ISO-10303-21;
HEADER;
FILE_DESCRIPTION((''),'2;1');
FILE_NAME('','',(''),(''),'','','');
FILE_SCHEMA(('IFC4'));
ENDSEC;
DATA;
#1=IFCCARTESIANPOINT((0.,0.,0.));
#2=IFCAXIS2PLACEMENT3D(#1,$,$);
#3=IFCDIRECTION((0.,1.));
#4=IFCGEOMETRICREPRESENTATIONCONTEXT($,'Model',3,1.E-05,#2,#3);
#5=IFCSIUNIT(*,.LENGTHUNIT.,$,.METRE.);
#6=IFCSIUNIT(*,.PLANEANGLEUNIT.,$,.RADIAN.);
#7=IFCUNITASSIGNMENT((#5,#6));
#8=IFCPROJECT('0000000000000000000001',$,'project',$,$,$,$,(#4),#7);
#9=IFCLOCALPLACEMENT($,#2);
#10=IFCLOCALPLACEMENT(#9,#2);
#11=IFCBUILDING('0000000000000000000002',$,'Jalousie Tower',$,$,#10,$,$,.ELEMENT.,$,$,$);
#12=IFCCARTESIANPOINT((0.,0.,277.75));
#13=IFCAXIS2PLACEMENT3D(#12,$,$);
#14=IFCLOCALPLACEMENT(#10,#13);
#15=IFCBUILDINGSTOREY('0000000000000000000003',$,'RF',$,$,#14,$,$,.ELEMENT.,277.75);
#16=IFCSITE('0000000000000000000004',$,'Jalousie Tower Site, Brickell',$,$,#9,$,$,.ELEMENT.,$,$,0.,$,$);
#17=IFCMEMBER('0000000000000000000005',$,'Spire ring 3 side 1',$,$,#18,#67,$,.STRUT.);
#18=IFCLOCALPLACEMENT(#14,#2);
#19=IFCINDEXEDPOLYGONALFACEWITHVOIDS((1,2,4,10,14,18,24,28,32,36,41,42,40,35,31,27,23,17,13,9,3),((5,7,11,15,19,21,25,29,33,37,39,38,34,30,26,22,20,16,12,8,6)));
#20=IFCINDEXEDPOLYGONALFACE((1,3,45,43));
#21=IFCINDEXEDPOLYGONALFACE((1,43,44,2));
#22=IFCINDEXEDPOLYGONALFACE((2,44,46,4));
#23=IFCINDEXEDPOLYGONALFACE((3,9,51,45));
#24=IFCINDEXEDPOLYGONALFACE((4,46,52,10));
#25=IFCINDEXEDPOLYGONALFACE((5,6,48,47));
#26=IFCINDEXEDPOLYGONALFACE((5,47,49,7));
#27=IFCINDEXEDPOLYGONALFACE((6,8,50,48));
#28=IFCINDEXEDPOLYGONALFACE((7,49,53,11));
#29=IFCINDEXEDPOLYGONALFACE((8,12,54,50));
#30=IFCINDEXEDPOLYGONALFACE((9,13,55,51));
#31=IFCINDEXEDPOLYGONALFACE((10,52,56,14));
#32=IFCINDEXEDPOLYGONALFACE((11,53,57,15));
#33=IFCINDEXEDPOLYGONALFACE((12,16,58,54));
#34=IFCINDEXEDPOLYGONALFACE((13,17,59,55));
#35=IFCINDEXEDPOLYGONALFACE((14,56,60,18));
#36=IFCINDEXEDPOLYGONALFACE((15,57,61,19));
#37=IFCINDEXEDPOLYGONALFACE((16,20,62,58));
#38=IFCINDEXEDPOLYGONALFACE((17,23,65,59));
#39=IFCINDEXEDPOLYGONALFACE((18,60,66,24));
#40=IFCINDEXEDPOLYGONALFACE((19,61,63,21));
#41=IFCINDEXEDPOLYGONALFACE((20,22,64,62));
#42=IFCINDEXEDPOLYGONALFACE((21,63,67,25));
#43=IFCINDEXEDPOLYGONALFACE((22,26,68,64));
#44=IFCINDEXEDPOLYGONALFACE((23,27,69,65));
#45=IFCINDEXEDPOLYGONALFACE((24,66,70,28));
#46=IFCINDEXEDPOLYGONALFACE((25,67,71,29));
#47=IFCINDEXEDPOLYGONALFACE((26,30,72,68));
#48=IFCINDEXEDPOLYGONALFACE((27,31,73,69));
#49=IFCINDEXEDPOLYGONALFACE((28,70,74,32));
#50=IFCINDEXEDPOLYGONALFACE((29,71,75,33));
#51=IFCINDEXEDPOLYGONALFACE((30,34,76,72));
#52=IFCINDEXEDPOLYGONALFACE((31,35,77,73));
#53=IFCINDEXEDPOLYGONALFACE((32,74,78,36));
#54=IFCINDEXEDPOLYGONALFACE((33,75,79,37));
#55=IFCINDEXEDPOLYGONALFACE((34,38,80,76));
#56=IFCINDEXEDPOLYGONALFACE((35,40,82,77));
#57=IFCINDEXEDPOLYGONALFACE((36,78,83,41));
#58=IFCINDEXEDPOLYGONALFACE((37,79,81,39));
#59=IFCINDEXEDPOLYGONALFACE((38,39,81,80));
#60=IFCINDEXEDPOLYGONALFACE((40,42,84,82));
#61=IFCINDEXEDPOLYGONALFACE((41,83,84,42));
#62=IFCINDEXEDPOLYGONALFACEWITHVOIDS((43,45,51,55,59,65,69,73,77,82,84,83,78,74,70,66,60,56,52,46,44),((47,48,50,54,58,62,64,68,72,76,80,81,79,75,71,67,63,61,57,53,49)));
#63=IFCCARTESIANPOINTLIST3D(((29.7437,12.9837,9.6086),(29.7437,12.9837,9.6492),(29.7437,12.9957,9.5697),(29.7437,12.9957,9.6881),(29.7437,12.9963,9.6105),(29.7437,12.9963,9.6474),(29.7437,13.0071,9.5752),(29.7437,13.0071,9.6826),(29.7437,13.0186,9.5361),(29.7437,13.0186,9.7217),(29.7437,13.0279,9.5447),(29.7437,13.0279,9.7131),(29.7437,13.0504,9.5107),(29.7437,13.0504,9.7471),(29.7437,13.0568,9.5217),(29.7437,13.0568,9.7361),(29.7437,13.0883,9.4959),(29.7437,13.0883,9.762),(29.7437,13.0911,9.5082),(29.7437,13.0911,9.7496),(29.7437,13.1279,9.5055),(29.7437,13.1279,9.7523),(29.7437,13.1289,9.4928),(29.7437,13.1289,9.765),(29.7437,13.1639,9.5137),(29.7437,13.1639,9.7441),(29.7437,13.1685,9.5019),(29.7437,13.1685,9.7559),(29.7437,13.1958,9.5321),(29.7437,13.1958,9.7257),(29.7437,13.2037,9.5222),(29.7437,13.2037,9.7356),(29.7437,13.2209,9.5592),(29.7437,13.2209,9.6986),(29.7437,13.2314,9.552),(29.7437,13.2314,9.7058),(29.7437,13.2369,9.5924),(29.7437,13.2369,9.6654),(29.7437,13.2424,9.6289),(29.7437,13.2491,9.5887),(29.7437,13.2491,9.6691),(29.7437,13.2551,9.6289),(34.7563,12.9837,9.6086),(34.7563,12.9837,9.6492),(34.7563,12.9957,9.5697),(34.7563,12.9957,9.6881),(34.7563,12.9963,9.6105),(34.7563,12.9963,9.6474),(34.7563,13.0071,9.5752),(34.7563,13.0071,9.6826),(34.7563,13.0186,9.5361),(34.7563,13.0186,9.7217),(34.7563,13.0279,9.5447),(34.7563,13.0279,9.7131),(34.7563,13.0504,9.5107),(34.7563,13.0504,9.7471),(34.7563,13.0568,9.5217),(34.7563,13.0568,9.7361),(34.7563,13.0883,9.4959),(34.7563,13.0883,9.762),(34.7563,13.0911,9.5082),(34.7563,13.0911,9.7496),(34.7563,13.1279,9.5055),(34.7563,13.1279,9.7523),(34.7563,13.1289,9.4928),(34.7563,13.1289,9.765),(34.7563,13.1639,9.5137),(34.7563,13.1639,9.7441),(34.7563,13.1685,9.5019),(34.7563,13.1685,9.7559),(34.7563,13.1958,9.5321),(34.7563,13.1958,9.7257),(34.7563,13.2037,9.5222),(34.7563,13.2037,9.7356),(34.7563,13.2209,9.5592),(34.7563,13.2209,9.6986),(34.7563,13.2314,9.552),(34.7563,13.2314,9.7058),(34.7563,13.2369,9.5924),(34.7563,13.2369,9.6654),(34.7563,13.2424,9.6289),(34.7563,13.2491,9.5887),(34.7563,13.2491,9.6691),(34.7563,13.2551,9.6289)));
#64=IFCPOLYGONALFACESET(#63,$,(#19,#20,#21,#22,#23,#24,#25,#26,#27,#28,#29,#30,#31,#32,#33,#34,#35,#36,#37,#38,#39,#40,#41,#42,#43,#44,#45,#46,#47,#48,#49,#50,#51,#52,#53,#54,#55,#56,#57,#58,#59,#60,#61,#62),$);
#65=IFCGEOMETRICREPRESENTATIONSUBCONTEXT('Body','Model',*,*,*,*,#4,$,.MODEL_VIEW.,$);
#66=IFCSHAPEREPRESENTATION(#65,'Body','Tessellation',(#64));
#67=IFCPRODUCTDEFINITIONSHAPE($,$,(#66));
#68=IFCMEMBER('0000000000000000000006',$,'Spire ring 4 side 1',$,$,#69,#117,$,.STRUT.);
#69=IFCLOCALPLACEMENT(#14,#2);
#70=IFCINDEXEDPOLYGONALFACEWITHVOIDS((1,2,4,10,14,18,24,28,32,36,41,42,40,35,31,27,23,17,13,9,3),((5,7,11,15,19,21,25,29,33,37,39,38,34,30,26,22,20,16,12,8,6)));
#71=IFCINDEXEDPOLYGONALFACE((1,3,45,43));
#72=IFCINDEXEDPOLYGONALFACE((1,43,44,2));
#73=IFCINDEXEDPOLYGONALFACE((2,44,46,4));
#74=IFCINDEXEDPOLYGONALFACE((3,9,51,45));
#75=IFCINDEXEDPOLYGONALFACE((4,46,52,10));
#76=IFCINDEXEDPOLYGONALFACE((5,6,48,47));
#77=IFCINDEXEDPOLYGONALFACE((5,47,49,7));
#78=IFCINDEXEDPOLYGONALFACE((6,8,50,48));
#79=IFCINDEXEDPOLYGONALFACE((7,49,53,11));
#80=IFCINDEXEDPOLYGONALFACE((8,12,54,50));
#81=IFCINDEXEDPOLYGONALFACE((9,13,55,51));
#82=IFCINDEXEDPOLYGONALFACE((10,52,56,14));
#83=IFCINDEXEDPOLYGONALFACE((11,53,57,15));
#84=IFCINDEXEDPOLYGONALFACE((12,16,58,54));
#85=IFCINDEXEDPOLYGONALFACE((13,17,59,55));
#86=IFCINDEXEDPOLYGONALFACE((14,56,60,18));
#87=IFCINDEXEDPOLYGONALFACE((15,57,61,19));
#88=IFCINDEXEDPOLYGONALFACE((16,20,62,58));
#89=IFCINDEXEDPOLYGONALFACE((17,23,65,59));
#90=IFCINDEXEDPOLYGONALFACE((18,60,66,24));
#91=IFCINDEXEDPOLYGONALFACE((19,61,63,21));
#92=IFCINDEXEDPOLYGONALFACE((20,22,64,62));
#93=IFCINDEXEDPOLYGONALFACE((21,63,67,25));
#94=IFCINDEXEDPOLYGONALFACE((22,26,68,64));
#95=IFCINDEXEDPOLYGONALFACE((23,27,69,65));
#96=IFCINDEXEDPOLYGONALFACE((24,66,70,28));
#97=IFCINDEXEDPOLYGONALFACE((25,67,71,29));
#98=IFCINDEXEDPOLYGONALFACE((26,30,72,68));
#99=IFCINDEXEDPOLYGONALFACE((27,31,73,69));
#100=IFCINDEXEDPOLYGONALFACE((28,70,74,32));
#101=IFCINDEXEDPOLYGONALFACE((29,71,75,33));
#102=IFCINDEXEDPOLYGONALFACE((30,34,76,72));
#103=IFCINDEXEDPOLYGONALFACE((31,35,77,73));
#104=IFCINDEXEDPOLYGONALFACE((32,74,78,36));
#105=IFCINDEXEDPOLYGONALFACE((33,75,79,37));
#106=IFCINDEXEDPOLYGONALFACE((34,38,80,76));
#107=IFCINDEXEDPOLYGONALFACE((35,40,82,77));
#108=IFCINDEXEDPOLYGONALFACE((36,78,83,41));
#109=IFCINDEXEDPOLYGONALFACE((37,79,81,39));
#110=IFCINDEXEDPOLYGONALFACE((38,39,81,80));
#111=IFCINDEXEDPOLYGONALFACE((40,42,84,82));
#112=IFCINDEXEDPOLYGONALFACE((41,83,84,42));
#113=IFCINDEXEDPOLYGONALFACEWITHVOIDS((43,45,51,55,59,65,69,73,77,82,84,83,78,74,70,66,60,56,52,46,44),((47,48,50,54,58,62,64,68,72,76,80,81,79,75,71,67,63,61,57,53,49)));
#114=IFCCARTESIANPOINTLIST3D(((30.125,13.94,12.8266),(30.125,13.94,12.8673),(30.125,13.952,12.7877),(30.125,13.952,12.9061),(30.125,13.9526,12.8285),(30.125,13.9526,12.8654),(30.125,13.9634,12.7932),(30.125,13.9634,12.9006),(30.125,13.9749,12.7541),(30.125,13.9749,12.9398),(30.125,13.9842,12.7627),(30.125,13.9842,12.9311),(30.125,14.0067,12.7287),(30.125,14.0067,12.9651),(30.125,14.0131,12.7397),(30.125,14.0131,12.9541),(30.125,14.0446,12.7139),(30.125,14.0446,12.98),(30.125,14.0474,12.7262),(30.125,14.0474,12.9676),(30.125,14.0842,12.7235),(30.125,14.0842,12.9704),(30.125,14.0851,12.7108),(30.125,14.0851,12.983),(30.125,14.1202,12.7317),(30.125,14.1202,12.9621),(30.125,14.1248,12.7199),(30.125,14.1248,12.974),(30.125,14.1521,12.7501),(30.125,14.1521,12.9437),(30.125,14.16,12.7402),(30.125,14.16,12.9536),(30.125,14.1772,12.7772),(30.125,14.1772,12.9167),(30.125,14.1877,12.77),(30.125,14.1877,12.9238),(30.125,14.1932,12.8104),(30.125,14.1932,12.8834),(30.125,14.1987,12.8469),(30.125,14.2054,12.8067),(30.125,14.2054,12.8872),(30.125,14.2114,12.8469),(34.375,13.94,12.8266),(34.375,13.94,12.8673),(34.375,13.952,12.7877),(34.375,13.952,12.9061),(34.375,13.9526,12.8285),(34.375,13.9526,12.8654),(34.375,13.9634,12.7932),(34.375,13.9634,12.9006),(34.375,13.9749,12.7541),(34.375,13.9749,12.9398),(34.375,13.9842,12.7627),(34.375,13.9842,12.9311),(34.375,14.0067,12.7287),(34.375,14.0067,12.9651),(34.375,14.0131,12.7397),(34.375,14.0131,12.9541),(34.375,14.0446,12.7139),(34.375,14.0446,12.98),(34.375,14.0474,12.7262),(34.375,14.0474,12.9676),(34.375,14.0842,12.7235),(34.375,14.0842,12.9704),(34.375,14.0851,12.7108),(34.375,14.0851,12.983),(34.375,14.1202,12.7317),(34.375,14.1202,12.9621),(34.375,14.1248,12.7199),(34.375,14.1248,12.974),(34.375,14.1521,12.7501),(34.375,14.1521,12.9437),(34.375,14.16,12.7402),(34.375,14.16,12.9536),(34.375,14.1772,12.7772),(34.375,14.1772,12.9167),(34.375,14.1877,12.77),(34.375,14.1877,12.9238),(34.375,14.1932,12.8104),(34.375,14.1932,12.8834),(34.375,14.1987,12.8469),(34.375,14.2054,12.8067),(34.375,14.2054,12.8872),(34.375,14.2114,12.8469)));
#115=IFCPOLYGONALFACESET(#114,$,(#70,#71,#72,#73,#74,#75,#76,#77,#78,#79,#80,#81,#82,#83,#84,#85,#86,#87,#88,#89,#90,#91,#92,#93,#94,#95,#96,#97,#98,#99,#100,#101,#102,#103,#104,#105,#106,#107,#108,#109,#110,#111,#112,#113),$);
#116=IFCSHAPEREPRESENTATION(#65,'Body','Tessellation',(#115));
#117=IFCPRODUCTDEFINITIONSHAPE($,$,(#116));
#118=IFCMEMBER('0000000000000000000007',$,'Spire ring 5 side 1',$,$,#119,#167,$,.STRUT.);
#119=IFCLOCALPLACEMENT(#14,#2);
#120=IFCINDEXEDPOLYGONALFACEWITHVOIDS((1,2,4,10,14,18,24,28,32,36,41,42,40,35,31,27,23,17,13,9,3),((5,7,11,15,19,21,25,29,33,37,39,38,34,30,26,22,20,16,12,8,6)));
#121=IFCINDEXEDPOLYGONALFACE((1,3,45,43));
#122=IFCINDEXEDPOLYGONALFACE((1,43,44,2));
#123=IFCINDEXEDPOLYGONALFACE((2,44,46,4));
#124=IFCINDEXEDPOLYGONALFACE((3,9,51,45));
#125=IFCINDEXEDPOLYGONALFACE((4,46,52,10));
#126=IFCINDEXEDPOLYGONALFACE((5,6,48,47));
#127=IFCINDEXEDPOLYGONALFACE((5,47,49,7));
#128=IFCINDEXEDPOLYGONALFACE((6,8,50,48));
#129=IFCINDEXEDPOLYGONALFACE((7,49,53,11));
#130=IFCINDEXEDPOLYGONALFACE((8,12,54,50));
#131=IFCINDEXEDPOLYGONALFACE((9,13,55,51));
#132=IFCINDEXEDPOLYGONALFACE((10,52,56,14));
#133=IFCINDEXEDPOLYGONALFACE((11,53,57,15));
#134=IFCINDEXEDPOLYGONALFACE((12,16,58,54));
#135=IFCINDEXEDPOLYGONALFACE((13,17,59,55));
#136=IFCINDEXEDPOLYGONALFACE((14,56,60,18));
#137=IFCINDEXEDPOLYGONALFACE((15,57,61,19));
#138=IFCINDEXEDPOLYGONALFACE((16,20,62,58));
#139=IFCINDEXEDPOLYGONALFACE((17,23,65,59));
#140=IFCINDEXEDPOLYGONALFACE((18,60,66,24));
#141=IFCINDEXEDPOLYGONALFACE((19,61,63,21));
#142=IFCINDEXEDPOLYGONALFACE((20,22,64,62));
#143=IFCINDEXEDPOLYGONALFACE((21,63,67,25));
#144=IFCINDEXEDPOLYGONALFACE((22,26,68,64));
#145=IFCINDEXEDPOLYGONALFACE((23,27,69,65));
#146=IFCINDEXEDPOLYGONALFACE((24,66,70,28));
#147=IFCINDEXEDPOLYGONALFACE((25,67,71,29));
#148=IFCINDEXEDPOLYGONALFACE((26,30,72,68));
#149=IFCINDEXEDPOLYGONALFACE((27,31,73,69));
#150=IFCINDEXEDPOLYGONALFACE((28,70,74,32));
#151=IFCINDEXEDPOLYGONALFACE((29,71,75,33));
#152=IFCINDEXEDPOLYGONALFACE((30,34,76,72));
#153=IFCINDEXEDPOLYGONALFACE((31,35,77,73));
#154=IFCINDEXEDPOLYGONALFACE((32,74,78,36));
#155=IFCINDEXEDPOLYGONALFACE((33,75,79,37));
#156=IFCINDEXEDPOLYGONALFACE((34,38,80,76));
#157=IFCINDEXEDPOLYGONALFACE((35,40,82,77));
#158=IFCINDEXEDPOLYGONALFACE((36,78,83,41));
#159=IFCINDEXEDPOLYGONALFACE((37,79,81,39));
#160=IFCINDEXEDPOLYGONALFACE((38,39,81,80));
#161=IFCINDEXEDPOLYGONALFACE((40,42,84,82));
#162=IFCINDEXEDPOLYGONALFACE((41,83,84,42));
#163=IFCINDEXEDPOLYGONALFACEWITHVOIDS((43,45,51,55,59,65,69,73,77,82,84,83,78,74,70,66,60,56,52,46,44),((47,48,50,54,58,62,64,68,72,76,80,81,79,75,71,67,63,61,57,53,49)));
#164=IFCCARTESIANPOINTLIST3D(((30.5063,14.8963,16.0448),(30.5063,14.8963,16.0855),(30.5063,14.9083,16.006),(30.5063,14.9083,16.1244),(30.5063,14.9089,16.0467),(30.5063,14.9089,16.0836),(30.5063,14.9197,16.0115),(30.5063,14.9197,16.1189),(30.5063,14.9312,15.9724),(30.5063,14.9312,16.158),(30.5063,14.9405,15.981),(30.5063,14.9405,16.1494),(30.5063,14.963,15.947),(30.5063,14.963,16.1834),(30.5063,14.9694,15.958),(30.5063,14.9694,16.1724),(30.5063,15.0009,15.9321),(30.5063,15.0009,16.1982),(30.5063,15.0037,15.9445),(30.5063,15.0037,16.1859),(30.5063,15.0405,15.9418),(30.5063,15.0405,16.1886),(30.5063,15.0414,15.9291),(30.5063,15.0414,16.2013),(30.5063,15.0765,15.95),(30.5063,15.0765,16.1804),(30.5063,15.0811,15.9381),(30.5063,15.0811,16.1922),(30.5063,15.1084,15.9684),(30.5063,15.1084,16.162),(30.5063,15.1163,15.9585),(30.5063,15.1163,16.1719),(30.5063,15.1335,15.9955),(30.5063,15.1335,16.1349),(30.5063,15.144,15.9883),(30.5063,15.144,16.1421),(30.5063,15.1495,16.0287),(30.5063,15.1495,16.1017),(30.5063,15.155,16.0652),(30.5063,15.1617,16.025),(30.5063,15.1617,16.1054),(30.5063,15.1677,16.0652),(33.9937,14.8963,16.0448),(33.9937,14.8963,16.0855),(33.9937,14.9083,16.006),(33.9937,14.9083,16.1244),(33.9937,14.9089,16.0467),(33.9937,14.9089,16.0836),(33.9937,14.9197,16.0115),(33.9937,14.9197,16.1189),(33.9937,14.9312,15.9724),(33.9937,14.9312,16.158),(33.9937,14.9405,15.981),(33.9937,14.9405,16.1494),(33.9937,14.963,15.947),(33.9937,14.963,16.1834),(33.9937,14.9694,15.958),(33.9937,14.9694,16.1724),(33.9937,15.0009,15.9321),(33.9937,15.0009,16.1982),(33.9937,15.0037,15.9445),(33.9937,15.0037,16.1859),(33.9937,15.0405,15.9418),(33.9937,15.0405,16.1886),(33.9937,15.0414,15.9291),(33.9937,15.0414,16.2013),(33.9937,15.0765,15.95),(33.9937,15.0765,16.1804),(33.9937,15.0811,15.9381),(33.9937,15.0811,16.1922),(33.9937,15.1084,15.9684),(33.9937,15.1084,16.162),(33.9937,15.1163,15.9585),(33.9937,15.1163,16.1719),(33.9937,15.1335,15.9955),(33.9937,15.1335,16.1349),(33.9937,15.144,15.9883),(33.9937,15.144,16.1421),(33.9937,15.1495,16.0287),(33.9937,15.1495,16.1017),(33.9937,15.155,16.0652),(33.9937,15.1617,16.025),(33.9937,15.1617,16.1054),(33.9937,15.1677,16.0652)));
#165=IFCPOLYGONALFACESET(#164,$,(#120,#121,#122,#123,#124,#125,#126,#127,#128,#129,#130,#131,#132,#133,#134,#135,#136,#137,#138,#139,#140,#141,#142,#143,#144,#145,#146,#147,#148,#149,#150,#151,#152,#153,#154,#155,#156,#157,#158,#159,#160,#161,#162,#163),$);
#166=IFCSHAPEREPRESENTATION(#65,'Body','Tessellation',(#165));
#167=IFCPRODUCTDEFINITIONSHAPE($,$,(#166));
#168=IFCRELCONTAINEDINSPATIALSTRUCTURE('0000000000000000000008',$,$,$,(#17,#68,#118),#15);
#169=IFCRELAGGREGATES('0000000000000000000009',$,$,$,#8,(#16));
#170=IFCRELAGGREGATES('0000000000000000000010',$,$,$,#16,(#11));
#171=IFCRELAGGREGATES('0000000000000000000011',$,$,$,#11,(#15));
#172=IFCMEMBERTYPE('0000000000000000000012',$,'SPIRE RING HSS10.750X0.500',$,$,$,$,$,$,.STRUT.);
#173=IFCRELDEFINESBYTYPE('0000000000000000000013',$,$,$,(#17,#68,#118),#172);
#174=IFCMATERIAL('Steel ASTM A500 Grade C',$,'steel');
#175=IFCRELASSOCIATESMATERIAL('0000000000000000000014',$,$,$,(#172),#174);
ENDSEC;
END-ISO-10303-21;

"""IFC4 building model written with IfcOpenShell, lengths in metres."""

from ifc_helpers import new_model, si_unit, direction, frame, origin, origin_2d, place, context, subcontext, project, spatial, hollow_circle, extrude, material, material_profile, profile_set, type_object, element, save


model = new_model("IFC4")

# Units and contexts
model_context = context("Model", 3, precision=1e-05, world=origin(), true_north=direction((0.0, 1.0)))
body_context = subcontext(model_context, "Body", "Model", "MODEL_VIEW")
ifc_project = project(units=[si_unit("LENGTHUNIT", "METRE"), si_unit("PLANEANGLEUNIT", "RADIAN")], contexts=[model_context])

# Site, building, storey
site_placement = place(None, origin())
site = spatial("IfcSite", under=ifc_project, at=site_placement, Name="Jalousie Tower Site, Brickell", CompositionType="ELEMENT", RefElevation=0.0)
building_placement = place(site_placement, origin())
building = spatial("IfcBuilding", under=site, at=building_placement, Name="Jalousie Tower", CompositionType="ELEMENT")
storey_placement = place(building_placement, frame((0.0, 0.0, 277.75)))
storey = spatial("IfcBuildingStorey", under=building, at=storey_placement, Name="RF", CompositionType="ELEMENT", Elevation=277.75)

# Members
ifc_material_1 = material(Name="Steel ASTM A500 Grade C", Category="steel")
ifc_material_profile_1 = material_profile(ifc_material_1, hollow_circle(Radius=0.1365, WallThickness=0.0127, at=origin_2d()), Name="HSS10.750X0.500")
ifc_profile_set_1 = profile_set([ifc_material_profile_1], Name="Steel ASTM A500 Grade C")
member_type_1 = type_object("IfcMemberType", Name="SPIRE RING HSS10.750X0.500", PredefinedType="STRUT", material=ifc_profile_set_1)
member_1_placement = place(storey_placement, frame((29.7437, 13.1187, 9.6289), z_axis=(1.0, 0.0, 0.0), x_axis=(0.0, 1.0, 0.0)))
element("IfcMember", 1, at=member_1_placement, inside=storey, type_object=member_type_1, Name="Spire ring 3 side 1", PredefinedType="STRUT", context=body_context, shape_type="SweptSolid", body=[
    extrude(hollow_circle(Radius=0.1365, WallThickness=0.0127, at=origin_2d()), origin(), (0.0, 0.0, 1.0), 5.0127),
])
member_2_placement = place(storey_placement, frame((30.125, 14.075, 12.8469), z_axis=(1.0, 0.0, 0.0), x_axis=(0.0, 1.0, 0.0)))
element("IfcMember", 2, at=member_2_placement, inside=storey, type_object=member_type_1, Name="Spire ring 4 side 1", PredefinedType="STRUT", context=body_context, shape_type="SweptSolid", body=[
    extrude(hollow_circle(Radius=0.1365, WallThickness=0.0127, at=origin_2d()), origin(), (0.0, 0.0, 1.0), 4.25),
])
member_3_placement = place(storey_placement, frame((30.5063, 15.0312, 16.0652), z_axis=(1.0, 0.0, 0.0), x_axis=(0.0, 1.0, 0.0)))
element("IfcMember", 3, at=member_3_placement, inside=storey, type_object=member_type_1, Name="Spire ring 5 side 1", PredefinedType="STRUT", context=body_context, shape_type="SweptSolid", body=[
    extrude(hollow_circle(Radius=0.1365, WallThickness=0.0127, at=origin_2d()), origin(), (0.0, 0.0, 1.0), 3.4873),
])

save(model, "model.ifc")
